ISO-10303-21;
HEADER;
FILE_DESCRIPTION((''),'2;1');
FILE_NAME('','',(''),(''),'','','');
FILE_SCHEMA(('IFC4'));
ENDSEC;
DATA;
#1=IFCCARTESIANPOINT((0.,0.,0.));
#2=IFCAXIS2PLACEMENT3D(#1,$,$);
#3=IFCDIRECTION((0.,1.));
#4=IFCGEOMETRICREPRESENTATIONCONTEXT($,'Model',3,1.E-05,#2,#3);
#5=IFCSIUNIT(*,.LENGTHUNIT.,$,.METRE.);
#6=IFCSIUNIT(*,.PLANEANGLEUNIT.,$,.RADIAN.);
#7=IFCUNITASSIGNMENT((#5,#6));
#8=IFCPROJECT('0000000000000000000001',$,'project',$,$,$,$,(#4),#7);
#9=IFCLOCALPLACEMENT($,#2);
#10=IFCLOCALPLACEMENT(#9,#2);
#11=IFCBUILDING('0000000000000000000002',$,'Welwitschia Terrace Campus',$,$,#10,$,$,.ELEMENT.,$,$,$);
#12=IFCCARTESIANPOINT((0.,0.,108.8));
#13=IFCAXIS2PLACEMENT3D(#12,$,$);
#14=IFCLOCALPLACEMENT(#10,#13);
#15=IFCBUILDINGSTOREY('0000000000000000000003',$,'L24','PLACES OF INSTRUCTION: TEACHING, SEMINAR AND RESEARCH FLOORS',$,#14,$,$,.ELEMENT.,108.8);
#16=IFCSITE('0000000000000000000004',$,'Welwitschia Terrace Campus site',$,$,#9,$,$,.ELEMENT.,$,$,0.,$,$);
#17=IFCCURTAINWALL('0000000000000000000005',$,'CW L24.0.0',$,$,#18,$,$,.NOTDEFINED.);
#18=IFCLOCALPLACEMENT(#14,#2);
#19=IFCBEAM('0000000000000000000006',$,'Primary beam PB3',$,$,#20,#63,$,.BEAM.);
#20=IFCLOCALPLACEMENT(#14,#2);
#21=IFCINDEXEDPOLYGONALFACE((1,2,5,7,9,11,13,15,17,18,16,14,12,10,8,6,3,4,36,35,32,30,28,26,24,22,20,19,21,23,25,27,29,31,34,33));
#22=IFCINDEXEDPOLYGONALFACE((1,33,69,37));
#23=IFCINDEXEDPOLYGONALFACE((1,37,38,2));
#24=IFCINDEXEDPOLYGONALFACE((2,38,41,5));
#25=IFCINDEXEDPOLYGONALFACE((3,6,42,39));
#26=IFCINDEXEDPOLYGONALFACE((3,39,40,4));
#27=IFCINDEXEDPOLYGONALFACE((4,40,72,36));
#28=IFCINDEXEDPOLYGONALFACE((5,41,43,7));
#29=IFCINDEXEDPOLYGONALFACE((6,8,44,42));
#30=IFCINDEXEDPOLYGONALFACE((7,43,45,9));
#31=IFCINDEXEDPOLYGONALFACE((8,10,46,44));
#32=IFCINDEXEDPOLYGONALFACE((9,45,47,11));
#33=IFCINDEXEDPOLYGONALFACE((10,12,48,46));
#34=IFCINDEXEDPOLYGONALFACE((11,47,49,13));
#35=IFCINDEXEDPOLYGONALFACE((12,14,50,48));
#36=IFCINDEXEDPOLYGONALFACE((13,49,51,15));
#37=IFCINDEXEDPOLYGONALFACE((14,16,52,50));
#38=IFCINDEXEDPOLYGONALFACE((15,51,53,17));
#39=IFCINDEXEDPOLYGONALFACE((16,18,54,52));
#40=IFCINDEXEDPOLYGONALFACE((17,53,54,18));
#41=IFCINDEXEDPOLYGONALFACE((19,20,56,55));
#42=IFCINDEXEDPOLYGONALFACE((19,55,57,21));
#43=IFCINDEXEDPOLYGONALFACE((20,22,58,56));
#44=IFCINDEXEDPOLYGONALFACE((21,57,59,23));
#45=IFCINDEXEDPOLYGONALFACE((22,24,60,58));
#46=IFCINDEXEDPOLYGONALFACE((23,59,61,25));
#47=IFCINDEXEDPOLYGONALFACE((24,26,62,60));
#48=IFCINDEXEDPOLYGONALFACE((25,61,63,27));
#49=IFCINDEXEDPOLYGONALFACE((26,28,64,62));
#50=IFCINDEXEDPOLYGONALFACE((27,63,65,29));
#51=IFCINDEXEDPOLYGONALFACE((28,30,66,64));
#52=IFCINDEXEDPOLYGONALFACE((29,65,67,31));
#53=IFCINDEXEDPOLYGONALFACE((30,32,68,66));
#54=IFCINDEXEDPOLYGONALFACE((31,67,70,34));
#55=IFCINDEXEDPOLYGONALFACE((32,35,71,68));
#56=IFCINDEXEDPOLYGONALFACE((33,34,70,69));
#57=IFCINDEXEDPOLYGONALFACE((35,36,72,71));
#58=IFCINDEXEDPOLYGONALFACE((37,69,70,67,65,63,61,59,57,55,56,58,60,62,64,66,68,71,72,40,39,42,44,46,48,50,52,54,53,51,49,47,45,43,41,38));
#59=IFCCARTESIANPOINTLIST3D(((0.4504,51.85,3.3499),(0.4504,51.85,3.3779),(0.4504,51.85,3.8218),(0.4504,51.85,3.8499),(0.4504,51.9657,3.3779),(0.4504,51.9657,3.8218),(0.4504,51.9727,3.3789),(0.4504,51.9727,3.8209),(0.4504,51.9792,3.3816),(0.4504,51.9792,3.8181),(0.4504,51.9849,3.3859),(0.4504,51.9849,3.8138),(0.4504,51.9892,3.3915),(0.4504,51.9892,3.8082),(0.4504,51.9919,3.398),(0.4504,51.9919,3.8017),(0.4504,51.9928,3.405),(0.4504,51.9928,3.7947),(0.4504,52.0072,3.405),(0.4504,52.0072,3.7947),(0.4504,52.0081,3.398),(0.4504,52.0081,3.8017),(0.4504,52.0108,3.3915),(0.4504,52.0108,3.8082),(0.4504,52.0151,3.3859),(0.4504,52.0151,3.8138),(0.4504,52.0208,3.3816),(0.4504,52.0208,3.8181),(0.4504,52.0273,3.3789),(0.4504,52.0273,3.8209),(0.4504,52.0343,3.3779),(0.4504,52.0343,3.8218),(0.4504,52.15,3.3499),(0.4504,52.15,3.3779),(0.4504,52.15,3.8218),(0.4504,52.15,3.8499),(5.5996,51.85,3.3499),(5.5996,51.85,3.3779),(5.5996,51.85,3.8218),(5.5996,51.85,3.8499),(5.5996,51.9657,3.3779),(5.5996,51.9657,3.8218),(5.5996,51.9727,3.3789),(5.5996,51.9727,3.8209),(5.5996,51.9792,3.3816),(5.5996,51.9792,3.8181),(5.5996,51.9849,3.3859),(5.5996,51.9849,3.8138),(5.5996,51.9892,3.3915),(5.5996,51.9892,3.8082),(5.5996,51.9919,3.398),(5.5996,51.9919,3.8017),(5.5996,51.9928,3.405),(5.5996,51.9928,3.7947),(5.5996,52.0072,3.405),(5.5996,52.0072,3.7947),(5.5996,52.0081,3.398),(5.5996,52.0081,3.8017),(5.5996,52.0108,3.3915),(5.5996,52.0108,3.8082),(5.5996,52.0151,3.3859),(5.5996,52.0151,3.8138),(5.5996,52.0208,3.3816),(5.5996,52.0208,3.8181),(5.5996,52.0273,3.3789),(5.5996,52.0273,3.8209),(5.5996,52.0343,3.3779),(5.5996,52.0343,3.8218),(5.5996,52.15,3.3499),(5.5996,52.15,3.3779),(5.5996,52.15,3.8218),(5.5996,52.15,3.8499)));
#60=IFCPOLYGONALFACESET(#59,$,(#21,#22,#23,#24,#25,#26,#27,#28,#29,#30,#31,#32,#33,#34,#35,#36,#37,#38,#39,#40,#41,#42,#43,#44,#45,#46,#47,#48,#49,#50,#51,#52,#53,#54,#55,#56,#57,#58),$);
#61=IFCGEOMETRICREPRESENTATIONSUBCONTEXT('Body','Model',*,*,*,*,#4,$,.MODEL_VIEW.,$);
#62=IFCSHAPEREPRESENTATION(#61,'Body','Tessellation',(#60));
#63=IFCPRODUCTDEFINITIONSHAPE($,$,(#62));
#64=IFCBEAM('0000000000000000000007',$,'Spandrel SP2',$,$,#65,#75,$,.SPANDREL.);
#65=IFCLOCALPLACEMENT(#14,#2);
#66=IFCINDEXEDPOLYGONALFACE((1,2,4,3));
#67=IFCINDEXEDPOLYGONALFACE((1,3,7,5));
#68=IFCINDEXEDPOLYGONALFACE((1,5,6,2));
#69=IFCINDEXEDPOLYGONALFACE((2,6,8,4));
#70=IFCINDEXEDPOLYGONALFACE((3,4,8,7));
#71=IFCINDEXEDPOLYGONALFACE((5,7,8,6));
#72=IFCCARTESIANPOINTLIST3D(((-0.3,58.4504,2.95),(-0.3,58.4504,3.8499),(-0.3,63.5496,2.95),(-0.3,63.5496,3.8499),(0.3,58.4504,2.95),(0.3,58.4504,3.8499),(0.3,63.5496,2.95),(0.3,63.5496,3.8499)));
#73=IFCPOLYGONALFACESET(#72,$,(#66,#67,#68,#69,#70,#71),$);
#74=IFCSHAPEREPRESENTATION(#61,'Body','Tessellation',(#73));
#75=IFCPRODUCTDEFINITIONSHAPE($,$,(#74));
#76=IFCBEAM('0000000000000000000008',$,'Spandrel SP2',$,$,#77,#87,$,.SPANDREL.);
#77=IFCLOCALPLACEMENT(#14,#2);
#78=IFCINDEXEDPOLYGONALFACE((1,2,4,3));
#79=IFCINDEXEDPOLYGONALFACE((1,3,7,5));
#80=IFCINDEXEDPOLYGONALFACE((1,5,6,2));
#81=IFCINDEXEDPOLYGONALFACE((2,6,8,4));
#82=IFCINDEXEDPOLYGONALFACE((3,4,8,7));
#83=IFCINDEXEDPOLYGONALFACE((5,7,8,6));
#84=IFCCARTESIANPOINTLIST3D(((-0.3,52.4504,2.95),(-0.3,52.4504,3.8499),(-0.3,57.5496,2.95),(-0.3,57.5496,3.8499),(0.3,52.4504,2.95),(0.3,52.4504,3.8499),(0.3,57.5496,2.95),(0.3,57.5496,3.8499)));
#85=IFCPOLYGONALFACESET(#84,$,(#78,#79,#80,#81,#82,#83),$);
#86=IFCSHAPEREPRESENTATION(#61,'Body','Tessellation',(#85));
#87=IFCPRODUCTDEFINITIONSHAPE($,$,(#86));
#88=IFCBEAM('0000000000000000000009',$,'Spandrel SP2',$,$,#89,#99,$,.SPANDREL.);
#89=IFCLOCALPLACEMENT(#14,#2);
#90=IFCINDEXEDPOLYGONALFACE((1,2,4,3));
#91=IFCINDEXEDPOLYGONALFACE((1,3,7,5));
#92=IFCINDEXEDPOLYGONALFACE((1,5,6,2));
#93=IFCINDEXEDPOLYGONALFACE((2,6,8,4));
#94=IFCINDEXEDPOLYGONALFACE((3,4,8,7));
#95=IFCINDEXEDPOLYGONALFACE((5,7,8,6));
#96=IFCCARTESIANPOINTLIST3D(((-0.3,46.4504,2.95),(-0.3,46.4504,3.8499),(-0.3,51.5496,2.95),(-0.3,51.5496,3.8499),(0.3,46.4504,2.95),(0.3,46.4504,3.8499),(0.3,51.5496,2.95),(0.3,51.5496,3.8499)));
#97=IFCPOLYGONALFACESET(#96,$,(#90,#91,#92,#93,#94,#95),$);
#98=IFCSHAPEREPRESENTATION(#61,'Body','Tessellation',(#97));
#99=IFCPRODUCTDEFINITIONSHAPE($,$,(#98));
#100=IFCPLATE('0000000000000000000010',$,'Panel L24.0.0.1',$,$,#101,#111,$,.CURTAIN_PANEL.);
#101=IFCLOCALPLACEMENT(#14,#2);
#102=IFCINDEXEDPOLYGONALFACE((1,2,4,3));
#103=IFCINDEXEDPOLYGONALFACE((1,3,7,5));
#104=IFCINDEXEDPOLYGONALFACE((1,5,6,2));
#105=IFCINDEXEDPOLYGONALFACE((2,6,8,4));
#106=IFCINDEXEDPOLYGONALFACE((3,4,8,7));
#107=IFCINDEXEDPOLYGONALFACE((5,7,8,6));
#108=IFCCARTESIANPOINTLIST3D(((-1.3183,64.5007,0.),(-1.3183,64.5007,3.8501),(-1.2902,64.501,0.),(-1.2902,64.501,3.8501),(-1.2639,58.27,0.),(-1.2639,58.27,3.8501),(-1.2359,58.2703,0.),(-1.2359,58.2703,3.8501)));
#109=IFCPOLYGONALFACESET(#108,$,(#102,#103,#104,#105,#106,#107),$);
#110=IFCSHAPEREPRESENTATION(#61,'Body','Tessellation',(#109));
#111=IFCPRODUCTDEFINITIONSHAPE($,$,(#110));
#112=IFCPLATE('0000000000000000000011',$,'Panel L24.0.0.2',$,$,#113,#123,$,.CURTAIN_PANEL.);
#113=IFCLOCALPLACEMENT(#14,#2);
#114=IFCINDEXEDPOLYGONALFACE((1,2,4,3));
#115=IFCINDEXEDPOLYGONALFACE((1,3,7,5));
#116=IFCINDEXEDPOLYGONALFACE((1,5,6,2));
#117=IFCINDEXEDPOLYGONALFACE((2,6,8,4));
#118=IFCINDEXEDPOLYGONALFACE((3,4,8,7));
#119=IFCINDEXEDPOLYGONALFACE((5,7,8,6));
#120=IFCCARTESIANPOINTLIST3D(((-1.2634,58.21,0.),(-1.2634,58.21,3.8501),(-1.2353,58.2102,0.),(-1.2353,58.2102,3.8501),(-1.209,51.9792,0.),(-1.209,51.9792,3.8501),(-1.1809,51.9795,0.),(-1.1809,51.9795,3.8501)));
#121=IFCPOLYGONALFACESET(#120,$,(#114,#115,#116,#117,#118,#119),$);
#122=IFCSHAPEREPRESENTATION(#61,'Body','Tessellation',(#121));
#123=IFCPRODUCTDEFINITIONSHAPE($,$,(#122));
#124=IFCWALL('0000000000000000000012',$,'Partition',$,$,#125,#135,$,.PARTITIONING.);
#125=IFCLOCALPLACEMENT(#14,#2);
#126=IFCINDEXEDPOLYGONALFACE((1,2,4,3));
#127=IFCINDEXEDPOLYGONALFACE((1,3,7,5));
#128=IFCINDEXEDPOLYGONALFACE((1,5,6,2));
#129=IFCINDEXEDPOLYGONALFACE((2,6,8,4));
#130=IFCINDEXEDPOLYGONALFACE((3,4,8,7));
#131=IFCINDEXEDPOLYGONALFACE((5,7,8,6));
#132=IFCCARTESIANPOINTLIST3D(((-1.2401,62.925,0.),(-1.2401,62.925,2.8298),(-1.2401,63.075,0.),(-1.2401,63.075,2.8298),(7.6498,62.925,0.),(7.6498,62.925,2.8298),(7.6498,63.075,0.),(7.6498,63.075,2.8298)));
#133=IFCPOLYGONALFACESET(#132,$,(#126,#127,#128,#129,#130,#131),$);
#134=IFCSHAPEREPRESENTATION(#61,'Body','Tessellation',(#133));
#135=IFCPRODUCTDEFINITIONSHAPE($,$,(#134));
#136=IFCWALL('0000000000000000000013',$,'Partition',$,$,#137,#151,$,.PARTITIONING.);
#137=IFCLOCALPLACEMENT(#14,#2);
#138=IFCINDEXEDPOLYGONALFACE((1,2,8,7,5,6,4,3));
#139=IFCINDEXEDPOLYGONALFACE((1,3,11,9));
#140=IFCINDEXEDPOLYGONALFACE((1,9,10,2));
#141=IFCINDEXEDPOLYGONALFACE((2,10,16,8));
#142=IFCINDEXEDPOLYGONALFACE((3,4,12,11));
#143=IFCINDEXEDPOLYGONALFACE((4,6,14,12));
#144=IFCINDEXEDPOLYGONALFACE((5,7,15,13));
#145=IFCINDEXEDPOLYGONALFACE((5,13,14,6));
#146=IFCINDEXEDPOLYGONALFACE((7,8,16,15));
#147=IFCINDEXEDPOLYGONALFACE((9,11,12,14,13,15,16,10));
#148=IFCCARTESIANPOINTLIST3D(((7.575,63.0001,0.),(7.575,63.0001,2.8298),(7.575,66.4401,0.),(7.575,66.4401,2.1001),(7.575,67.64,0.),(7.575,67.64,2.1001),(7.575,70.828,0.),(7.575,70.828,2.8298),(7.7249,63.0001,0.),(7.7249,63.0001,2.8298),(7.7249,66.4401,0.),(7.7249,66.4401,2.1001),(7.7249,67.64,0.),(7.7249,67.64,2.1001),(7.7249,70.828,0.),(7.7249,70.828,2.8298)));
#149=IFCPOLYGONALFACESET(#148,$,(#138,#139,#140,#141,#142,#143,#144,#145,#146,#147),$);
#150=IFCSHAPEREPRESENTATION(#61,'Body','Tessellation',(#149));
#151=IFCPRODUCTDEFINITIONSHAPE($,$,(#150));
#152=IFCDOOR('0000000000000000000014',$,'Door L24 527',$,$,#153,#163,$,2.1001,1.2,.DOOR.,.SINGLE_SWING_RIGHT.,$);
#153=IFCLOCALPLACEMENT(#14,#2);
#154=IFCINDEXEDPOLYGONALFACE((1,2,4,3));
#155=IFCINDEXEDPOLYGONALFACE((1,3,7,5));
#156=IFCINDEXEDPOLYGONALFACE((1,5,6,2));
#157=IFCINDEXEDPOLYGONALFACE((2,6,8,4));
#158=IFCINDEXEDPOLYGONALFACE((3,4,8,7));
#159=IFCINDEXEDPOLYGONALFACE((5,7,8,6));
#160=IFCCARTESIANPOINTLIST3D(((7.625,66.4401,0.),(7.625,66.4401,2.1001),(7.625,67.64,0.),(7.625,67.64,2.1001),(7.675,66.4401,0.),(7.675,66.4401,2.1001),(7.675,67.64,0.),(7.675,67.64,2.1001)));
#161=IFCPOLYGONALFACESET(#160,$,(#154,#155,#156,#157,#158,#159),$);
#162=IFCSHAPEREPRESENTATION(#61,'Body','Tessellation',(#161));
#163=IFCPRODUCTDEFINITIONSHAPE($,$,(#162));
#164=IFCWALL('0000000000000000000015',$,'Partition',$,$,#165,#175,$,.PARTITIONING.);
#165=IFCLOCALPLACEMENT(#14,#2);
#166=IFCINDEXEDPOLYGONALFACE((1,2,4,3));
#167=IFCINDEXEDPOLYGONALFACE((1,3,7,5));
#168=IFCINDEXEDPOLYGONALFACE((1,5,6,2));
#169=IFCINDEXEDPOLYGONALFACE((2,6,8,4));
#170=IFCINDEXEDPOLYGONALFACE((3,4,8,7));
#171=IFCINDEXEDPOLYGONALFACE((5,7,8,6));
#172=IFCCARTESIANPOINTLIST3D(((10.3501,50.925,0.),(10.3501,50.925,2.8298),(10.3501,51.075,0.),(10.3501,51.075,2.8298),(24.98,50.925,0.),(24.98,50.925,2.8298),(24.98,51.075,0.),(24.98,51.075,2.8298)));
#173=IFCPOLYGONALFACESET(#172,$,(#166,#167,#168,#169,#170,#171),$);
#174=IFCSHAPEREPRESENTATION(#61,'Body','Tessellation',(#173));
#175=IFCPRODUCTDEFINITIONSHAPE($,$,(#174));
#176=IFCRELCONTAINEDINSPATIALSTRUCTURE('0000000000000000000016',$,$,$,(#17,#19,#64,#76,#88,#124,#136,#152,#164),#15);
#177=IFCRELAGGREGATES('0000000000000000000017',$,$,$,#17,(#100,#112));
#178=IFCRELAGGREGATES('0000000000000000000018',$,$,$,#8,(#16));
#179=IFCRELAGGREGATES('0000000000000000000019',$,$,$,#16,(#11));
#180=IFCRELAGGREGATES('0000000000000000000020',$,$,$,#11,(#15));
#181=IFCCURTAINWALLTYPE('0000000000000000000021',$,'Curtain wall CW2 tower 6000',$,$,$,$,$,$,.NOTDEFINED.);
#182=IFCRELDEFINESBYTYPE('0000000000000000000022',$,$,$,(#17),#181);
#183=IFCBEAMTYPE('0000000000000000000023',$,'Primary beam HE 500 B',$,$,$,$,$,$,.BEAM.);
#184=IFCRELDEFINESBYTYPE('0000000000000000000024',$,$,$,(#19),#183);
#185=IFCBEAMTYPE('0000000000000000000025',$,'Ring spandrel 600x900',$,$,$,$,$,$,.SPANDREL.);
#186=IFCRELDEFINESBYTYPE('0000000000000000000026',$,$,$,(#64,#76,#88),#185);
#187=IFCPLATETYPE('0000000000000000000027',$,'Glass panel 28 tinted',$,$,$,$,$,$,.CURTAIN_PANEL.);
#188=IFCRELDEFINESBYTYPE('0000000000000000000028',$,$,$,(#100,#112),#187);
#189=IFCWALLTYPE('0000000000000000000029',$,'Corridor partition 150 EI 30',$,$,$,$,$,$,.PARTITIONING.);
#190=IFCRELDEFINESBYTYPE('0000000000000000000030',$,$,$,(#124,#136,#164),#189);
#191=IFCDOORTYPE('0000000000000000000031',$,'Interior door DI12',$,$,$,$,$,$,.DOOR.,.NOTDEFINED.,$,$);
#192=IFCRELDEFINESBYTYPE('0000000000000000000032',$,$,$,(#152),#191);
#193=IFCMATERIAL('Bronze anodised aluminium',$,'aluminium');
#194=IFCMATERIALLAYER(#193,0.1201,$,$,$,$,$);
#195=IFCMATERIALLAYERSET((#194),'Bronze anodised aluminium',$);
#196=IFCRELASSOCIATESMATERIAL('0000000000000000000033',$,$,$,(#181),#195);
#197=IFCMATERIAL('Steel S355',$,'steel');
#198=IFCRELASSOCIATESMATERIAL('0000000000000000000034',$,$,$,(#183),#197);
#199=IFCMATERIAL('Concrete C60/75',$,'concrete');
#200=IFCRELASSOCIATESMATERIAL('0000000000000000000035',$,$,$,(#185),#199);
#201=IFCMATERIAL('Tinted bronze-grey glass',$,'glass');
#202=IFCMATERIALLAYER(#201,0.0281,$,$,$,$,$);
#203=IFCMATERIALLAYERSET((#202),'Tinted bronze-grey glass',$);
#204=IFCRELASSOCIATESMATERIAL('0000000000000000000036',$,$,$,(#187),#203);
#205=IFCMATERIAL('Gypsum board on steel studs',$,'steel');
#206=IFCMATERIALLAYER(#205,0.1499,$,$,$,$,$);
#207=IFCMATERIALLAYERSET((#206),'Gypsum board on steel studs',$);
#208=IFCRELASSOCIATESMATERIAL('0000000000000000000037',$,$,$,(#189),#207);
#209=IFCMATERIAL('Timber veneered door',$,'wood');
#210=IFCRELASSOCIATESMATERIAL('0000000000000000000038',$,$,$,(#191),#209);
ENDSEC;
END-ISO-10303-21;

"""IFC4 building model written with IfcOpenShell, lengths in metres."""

from ifc_helpers import new_model, si_unit, direction, frame, frame_2d, origin, origin_2d, place, context, subcontext, project, spatial, rectangle, i_section, extrude, material, layer, layer_set, material_profile, profile_set, type_object, element, fill, aggregate, save


model = new_model("IFC4")

# Units and contexts
model_context = context("Model", 3, precision=1e-05, world=origin(), true_north=direction((0.0, 1.0)))
body_context = subcontext(model_context, "Body", "Model", "MODEL_VIEW")
ifc_project = project(units=[si_unit("LENGTHUNIT", "METRE"), si_unit("PLANEANGLEUNIT", "RADIAN")], contexts=[model_context])

# Site, building, storey
site_placement = place(None, origin())
site = spatial("IfcSite", under=ifc_project, at=site_placement, Name="Welwitschia Terrace Campus site", CompositionType="ELEMENT", RefElevation=0.0)
building_placement = place(site_placement, origin())
building = spatial("IfcBuilding", under=site, at=building_placement, Name="Welwitschia Terrace Campus", CompositionType="ELEMENT")
storey_placement = place(building_placement, frame((0.0, 0.0, 108.8)))
storey = spatial("IfcBuildingStorey", under=building, at=storey_placement, Name="L24", Description="PLACES OF INSTRUCTION: TEACHING, SEMINAR AND RESEARCH FLOORS", CompositionType="ELEMENT", Elevation=108.8)

# Curtain wall
ifc_material_1 = material(Name="Bronze anodised aluminium", Category="aluminium")
ifc_layer_1 = layer(ifc_material_1, 0.1201)
ifc_layer_set_1 = layer_set([ifc_layer_1], Name="Bronze anodised aluminium")
curtain_wall_type = type_object("IfcCurtainWallType", Name="Curtain wall CW2 tower 6000", PredefinedType="NOTDEFINED", material=ifc_layer_set_1)
curtain_wall_placement = place(storey_placement, origin())
curtain_wall = element("IfcCurtainWall", 1, at=curtain_wall_placement, inside=storey, type_object=curtain_wall_type, Name="CW L24.0.0", PredefinedType="NOTDEFINED")

# Beams
ifc_material_2 = material(Name="Steel S355", Category="steel")
ifc_material_profile_1 = material_profile(ifc_material_2, i_section(OverallWidth=0.3, OverallDepth=0.5, WebThickness=0.0144, FlangeThickness=0.0281, FilletRadius=0.0271, at=origin_2d()))
ifc_profile_set_1 = profile_set([ifc_material_profile_1], Name="Steel S355")
beam_type_1 = type_object("IfcBeamType", Name="Primary beam HE 500 B", PredefinedType="BEAM", material=ifc_profile_set_1)
for number, where, z_axis, x_axis, name in (
    (2, (0.4504, 52.0, 3.5999), (1.0, 0.0, 0.0), (0.0, 1.0, 0.0), "Primary beam PB3"),
):
    element("IfcBeam", number, at=place(storey_placement, frame(where, z_axis=z_axis, x_axis=x_axis)), inside=storey, type_object=beam_type_1, Name=name, PredefinedType="BEAM", context=body_context, shape_type="SweptSolid", body=[
        extrude(i_section(OverallWidth=0.3, OverallDepth=0.5, WebThickness=0.0144, FlangeThickness=0.0281, FilletRadius=0.0271, at=origin_2d()), origin(), (0.0, 0.0, 1.0), 5.1492),
    ])
ifc_material_3 = material(Name="Concrete C60/75", Category="concrete")
ifc_material_profile_2 = material_profile(ifc_material_3, rectangle(XDim=0.6001, YDim=0.8999, at=origin_2d()))
ifc_profile_set_2 = profile_set([ifc_material_profile_2], Name="Concrete C60/75")
beam_type_2 = type_object("IfcBeamType", Name="Ring spandrel 600x900", PredefinedType="SPANDREL", material=ifc_profile_set_2)
for number, where, z_axis, x_axis, name in (
    (3, (0.0, 63.5496, 3.3999), (0.0, -1.0, 0.0), (1.0, 0.0, 0.0), "Spandrel SP2"),
    (4, (0.0, 57.5496, 3.3999), (0.0, -1.0, 0.0), (1.0, 0.0, 0.0), "Spandrel SP2"),
    (5, (0.0, 51.5496, 3.3999), (0.0, -1.0, 0.0), (1.0, 0.0, 0.0), "Spandrel SP2"),
):
    element("IfcBeam", number, at=place(storey_placement, frame(where, z_axis=z_axis, x_axis=x_axis)), inside=storey, type_object=beam_type_2, Name=name, PredefinedType="SPANDREL", context=body_context, shape_type="SweptSolid", body=[
        extrude(rectangle(XDim=0.6001, YDim=0.8999, at=origin_2d()), origin(), (0.0, 0.0, 1.0), 5.0991),
    ])

# Plates
ifc_material_4 = material(Name="Tinted bronze-grey glass", Category="glass")
ifc_layer_2 = layer(ifc_material_4, 0.0281)
ifc_layer_set_2 = layer_set([ifc_layer_2], Name="Tinted bronze-grey glass")
plate_type = type_object("IfcPlateType", Name="Glass panel 28 tinted", PredefinedType="CURTAIN_PANEL", material=ifc_layer_set_2)
plate_1_placement = place(storey_placement, frame((-1.2771, 61.3855, 0.0), z_axis=(0.0, 0.0, 1.0), x_axis=(0.008727, -0.999962, 0.0)))
plate_1 = element("IfcPlate", 6, at=plate_1_placement, type_object=plate_type, Name="Panel L24.0.0.1", PredefinedType="CURTAIN_PANEL", context=body_context, shape_type="SweptSolid", body=[
    extrude(rectangle(XDim=6.231, YDim=0.0281, at=origin_2d()), origin(), (0.0, 0.0, 1.0), 3.8501),
])
plate_2_placement = place(storey_placement, frame((-1.2222, 55.0947, 0.0), z_axis=(0.0, 0.0, 1.0), x_axis=(0.008727, -0.999962, 0.0)))
plate_2 = element("IfcPlate", 7, at=plate_2_placement, type_object=plate_type, Name="Panel L24.0.0.2", PredefinedType="CURTAIN_PANEL", context=body_context, shape_type="SweptSolid", body=[
    extrude(rectangle(XDim=6.231, YDim=0.0281, at=origin_2d()), origin(), (0.0, 0.0, 1.0), 3.8501),
])
aggregate(curtain_wall, [plate_1, plate_2])

# Wall
ifc_material_5 = material(Name="Gypsum board on steel studs", Category="steel")
ifc_layer_3 = layer(ifc_material_5, 0.1499)
ifc_layer_set_3 = layer_set([ifc_layer_3], Name="Gypsum board on steel studs")
wall_type = type_object("IfcWallType", Name="Corridor partition 150 EI 30", PredefinedType="PARTITIONING", material=ifc_layer_set_3)
wall_1_placement = place(storey_placement, frame((-1.24, 63.0, 0.0), z_axis=(0.0, 0.0, 1.0), x_axis=(1.0, 0.0, 0.0)))
element("IfcWall", 8, at=wall_1_placement, inside=storey, type_object=wall_type, Name="Partition", PredefinedType="PARTITIONING", context=body_context, shape_type="SweptSolid", body=[
    extrude(rectangle(XDim=8.8899, YDim=0.1499, at=frame_2d((4.4448, 0.0))), origin(), (0.0, 0.0, 1.0), 2.8298),
])

# Wall, opening, door
wall_2_placement = place(storey_placement, frame((7.6499, 63.0, 0.0), z_axis=(0.0, 0.0, 1.0), x_axis=(0.0, 1.0, 0.0)))
wall_2 = element("IfcWall", 9, at=wall_2_placement, inside=storey, type_object=wall_type, Name="Partition", PredefinedType="PARTITIONING", context=body_context, shape_type="SweptSolid", body=[
    extrude(rectangle(XDim=7.8279, YDim=0.1499, at=frame_2d((3.9141, 0.0))), origin(), (0.0, 0.0, 1.0), 2.8298),
])
opening_1_placement = place(wall_2_placement, frame((3.4399, 0.0, 0.0)))
opening_1 = element("IfcOpeningElement", 10, at=opening_1_placement, cuts=wall_2, PredefinedType="OPENING", context=body_context, shape_type="SweptSolid", body=[
    extrude(rectangle(XDim=1.2, YDim=2.1001, at=frame_2d((0.6001, 1.05))), frame((0.0, 0.085, 0.0), z_axis=(0.0, -1.0, 0.0), x_axis=(1.0, 0.0, 0.0)), (0.0, 0.0, 1.0), 0.1699),
])
ifc_material_6 = material(Name="Timber veneered door", Category="wood")
door_type_1 = type_object("IfcDoorType", Name="Interior door DI12", OperationType="NOTDEFINED", PredefinedType="DOOR", material=ifc_material_6)
door_1_placement = place(opening_1_placement, origin())
door_1 = element("IfcDoor", 11, at=door_1_placement, inside=storey, type_object=door_type_1, Name="Door L24 527", OperationType="SINGLE_SWING_RIGHT", OverallHeight=2.1001, OverallWidth=1.2, PredefinedType="DOOR", context=body_context, shape_type="SweptSolid", body=[
    extrude(rectangle(XDim=1.2, YDim=2.1001, at=frame_2d((0.6001, 1.05))), frame((0.0, 0.0249, 0.0), z_axis=(0.0, -1.0, 0.0), x_axis=(1.0, 0.0, 0.0)), (0.0, 0.0, 1.0), 0.05),
])
fill(opening_1, door_1)

# Wall
wall_3_placement = place(storey_placement, frame((10.3501, 51.0, 0.0), z_axis=(0.0, 0.0, 1.0), x_axis=(1.0, 0.0, 0.0)))
element("IfcWall", 12, at=wall_3_placement, inside=storey, type_object=wall_type, Name="Partition", PredefinedType="PARTITIONING", context=body_context, shape_type="SweptSolid", body=[
    extrude(rectangle(XDim=14.6299, YDim=0.1499, at=frame_2d((7.3149, 0.0))), origin(), (0.0, 0.0, 1.0), 2.8298),
])

save(model, "model.ifc")
